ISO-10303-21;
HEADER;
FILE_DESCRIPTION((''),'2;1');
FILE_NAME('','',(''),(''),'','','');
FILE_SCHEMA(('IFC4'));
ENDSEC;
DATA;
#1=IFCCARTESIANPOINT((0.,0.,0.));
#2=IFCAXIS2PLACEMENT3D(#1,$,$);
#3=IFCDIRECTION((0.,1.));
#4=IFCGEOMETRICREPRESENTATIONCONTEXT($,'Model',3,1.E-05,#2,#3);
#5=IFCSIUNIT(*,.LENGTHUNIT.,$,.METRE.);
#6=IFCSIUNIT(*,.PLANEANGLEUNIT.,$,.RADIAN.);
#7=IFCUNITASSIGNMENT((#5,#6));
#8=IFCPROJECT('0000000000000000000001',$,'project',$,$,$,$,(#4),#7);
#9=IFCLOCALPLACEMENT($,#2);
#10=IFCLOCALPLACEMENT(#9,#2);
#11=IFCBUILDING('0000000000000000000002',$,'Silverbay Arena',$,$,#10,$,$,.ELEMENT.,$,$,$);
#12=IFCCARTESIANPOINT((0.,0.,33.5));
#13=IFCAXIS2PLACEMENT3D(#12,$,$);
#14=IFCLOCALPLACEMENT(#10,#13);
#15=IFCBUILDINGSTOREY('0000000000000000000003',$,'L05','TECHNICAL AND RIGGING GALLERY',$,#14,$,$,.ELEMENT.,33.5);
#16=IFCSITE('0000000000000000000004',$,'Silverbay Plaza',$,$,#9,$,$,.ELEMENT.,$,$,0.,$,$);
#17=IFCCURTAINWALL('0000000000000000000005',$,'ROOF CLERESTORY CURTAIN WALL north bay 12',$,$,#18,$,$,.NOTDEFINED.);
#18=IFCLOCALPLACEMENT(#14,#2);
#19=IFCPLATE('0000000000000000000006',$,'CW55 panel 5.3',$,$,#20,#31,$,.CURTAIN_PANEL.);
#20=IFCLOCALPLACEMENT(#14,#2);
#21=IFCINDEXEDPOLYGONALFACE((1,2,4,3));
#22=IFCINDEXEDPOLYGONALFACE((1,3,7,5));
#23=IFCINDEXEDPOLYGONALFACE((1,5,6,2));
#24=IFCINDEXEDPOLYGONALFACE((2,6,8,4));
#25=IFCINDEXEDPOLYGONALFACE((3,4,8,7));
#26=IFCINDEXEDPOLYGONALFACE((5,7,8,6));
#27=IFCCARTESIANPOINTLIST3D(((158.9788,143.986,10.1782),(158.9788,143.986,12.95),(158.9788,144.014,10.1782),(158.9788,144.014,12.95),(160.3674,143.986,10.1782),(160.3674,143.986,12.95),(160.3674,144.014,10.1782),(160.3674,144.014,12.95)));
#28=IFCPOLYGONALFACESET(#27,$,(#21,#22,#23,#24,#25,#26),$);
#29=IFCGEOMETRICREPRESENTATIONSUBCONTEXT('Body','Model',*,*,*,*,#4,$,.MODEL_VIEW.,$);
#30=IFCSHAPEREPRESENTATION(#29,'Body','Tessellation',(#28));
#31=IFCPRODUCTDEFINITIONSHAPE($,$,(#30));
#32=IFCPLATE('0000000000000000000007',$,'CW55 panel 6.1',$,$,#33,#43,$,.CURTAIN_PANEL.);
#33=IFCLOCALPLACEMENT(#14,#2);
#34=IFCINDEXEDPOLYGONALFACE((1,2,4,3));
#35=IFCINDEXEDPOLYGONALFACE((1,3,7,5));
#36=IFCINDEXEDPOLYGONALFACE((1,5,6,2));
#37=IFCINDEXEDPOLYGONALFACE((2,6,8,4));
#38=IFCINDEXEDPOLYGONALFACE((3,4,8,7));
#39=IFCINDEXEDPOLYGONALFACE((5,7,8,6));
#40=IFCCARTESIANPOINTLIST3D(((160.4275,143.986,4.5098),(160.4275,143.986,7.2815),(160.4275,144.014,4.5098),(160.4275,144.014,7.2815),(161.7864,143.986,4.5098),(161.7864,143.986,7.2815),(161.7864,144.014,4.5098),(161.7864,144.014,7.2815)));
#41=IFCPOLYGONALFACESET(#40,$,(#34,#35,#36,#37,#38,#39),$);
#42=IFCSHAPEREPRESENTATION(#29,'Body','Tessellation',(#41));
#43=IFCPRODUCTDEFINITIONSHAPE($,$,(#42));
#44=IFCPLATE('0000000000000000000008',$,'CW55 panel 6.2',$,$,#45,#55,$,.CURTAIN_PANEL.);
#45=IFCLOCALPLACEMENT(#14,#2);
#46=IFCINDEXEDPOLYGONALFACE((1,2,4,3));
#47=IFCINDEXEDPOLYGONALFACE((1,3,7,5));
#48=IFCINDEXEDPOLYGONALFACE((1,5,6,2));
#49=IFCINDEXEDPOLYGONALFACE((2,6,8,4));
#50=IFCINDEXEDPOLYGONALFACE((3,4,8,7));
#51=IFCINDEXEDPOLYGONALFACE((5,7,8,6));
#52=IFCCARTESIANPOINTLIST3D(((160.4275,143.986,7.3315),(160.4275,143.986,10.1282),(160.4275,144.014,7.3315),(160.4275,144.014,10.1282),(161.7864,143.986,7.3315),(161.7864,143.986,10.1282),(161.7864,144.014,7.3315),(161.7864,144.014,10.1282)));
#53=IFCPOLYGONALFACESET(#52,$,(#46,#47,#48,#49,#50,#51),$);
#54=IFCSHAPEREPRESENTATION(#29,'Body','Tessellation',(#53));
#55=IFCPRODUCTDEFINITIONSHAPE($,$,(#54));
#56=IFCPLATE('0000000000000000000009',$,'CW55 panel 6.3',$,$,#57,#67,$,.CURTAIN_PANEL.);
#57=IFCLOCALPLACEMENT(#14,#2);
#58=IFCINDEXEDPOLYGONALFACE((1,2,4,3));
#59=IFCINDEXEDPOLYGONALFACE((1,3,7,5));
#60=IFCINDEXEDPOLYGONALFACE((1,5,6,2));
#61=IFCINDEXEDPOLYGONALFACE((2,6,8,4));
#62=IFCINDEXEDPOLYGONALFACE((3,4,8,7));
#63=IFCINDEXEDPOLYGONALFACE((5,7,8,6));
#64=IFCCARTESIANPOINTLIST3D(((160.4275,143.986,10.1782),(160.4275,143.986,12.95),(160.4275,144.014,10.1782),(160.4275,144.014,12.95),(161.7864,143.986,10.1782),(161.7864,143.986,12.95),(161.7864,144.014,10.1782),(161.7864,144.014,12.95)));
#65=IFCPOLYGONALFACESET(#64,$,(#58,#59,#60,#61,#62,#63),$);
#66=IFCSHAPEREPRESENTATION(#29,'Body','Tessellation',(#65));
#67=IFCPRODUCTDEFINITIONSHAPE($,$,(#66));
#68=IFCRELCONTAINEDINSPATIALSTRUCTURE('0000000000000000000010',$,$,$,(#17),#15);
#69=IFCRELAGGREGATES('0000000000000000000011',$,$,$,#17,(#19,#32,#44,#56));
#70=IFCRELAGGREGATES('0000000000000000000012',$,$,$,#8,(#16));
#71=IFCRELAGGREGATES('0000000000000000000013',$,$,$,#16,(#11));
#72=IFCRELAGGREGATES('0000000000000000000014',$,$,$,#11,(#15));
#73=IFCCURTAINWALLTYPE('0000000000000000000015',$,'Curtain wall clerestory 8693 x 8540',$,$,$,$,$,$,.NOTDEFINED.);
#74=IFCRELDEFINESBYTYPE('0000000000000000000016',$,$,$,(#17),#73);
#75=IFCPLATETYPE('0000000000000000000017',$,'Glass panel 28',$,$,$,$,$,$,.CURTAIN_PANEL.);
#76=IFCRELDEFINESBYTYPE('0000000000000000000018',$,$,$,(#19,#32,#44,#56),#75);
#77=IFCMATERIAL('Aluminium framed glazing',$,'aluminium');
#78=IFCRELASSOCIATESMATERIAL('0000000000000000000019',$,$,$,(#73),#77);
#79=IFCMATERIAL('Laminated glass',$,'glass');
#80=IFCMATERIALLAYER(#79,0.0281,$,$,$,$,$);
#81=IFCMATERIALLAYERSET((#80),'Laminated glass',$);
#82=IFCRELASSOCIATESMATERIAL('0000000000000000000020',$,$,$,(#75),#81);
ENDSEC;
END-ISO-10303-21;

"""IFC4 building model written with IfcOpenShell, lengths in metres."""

from ifc_helpers import new_model, si_unit, direction, frame, origin, origin_2d, place, context, subcontext, project, spatial, rectangle, extrude, material, layer, layer_set, type_object, element, aggregate, save


model = new_model("IFC4")

# Units and contexts
model_context = context("Model", 3, precision=1e-05, world=origin(), true_north=direction((0.0, 1.0)))
body_context = subcontext(model_context, "Body", "Model", "MODEL_VIEW")
ifc_project = project(units=[si_unit("LENGTHUNIT", "METRE"), si_unit("PLANEANGLEUNIT", "RADIAN")], contexts=[model_context])

# Site, building, storey
site_placement = place(None, origin())
site = spatial("IfcSite", under=ifc_project, at=site_placement, Name="Silverbay Plaza", CompositionType="ELEMENT", RefElevation=0.0)
building_placement = place(site_placement, origin())
building = spatial("IfcBuilding", under=site, at=building_placement, Name="Silverbay Arena", CompositionType="ELEMENT")
storey_placement = place(building_placement, frame((0.0, 0.0, 33.5)))
storey = spatial("IfcBuildingStorey", under=building, at=storey_placement, Name="L05", Description="TECHNICAL AND RIGGING GALLERY", CompositionType="ELEMENT", Elevation=33.5)

# Curtain wall, plates
ifc_material_1 = material(Name="Aluminium framed glazing", Category="aluminium")
curtain_wall_type = type_object("IfcCurtainWallType", Name="Curtain wall clerestory 8693 x 8540", PredefinedType="NOTDEFINED", material=ifc_material_1)
curtain_wall_placement = place(storey_placement, origin())
curtain_wall = element("IfcCurtainWall", 1, at=curtain_wall_placement, inside=storey, type_object=curtain_wall_type, Name="ROOF CLERESTORY CURTAIN WALL north bay 12", PredefinedType="NOTDEFINED")
ifc_material_2 = material(Name="Laminated glass", Category="glass")
ifc_layer = layer(ifc_material_2, 0.0281)
ifc_layer_set = layer_set([ifc_layer], Name="Laminated glass")
plate_type = type_object("IfcPlateType", Name="Glass panel 28", PredefinedType="CURTAIN_PANEL", material=ifc_layer_set)
plate_1_placement = place(storey_placement, frame((159.6731, 144.0, 10.1782), z_axis=(0.0, 0.0, 1.0), x_axis=(1.0, 0.0, 0.0)))
plate_1 = element("IfcPlate", 2, at=plate_1_placement, type_object=plate_type, Name="CW55 panel 5.3", PredefinedType="CURTAIN_PANEL", context=body_context, shape_type="SweptSolid", body=[
    extrude(rectangle(XDim=1.3887, YDim=0.0281, at=origin_2d()), origin(), (0.0, 0.0, 1.0), 2.7717),
])
plate_2_placement = place(storey_placement, frame((161.1069, 144.0, 4.5098), z_axis=(0.0, 0.0, 1.0), x_axis=(1.0, 0.0, 0.0)))
plate_2 = element("IfcPlate", 3, at=plate_2_placement, type_object=plate_type, Name="CW55 panel 6.1", PredefinedType="CURTAIN_PANEL", context=body_context, shape_type="SweptSolid", body=[
    extrude(rectangle(XDim=1.3589, YDim=0.0281, at=origin_2d()), origin(), (0.0, 0.0, 1.0), 2.7717),
])
plate_3_placement = place(storey_placement, frame((161.1069, 144.0, 7.3315), z_axis=(0.0, 0.0, 1.0), x_axis=(1.0, 0.0, 0.0)))
plate_3 = element("IfcPlate", 4, at=plate_3_placement, type_object=plate_type, Name="CW55 panel 6.2", PredefinedType="CURTAIN_PANEL", context=body_context, shape_type="SweptSolid", body=[
    extrude(rectangle(XDim=1.3589, YDim=0.0281, at=origin_2d()), origin(), (0.0, 0.0, 1.0), 2.7966),
])
plate_4_placement = place(storey_placement, frame((161.1069, 144.0, 10.1782), z_axis=(0.0, 0.0, 1.0), x_axis=(1.0, 0.0, 0.0)))
plate_4 = element("IfcPlate", 5, at=plate_4_placement, type_object=plate_type, Name="CW55 panel 6.3", PredefinedType="CURTAIN_PANEL", context=body_context, shape_type="SweptSolid", body=[
    extrude(rectangle(XDim=1.3589, YDim=0.0281, at=origin_2d()), origin(), (0.0, 0.0, 1.0), 2.7717),
])
aggregate(curtain_wall, [plate_1, plate_2, plate_3, plate_4])

save(model, "model.ifc")
